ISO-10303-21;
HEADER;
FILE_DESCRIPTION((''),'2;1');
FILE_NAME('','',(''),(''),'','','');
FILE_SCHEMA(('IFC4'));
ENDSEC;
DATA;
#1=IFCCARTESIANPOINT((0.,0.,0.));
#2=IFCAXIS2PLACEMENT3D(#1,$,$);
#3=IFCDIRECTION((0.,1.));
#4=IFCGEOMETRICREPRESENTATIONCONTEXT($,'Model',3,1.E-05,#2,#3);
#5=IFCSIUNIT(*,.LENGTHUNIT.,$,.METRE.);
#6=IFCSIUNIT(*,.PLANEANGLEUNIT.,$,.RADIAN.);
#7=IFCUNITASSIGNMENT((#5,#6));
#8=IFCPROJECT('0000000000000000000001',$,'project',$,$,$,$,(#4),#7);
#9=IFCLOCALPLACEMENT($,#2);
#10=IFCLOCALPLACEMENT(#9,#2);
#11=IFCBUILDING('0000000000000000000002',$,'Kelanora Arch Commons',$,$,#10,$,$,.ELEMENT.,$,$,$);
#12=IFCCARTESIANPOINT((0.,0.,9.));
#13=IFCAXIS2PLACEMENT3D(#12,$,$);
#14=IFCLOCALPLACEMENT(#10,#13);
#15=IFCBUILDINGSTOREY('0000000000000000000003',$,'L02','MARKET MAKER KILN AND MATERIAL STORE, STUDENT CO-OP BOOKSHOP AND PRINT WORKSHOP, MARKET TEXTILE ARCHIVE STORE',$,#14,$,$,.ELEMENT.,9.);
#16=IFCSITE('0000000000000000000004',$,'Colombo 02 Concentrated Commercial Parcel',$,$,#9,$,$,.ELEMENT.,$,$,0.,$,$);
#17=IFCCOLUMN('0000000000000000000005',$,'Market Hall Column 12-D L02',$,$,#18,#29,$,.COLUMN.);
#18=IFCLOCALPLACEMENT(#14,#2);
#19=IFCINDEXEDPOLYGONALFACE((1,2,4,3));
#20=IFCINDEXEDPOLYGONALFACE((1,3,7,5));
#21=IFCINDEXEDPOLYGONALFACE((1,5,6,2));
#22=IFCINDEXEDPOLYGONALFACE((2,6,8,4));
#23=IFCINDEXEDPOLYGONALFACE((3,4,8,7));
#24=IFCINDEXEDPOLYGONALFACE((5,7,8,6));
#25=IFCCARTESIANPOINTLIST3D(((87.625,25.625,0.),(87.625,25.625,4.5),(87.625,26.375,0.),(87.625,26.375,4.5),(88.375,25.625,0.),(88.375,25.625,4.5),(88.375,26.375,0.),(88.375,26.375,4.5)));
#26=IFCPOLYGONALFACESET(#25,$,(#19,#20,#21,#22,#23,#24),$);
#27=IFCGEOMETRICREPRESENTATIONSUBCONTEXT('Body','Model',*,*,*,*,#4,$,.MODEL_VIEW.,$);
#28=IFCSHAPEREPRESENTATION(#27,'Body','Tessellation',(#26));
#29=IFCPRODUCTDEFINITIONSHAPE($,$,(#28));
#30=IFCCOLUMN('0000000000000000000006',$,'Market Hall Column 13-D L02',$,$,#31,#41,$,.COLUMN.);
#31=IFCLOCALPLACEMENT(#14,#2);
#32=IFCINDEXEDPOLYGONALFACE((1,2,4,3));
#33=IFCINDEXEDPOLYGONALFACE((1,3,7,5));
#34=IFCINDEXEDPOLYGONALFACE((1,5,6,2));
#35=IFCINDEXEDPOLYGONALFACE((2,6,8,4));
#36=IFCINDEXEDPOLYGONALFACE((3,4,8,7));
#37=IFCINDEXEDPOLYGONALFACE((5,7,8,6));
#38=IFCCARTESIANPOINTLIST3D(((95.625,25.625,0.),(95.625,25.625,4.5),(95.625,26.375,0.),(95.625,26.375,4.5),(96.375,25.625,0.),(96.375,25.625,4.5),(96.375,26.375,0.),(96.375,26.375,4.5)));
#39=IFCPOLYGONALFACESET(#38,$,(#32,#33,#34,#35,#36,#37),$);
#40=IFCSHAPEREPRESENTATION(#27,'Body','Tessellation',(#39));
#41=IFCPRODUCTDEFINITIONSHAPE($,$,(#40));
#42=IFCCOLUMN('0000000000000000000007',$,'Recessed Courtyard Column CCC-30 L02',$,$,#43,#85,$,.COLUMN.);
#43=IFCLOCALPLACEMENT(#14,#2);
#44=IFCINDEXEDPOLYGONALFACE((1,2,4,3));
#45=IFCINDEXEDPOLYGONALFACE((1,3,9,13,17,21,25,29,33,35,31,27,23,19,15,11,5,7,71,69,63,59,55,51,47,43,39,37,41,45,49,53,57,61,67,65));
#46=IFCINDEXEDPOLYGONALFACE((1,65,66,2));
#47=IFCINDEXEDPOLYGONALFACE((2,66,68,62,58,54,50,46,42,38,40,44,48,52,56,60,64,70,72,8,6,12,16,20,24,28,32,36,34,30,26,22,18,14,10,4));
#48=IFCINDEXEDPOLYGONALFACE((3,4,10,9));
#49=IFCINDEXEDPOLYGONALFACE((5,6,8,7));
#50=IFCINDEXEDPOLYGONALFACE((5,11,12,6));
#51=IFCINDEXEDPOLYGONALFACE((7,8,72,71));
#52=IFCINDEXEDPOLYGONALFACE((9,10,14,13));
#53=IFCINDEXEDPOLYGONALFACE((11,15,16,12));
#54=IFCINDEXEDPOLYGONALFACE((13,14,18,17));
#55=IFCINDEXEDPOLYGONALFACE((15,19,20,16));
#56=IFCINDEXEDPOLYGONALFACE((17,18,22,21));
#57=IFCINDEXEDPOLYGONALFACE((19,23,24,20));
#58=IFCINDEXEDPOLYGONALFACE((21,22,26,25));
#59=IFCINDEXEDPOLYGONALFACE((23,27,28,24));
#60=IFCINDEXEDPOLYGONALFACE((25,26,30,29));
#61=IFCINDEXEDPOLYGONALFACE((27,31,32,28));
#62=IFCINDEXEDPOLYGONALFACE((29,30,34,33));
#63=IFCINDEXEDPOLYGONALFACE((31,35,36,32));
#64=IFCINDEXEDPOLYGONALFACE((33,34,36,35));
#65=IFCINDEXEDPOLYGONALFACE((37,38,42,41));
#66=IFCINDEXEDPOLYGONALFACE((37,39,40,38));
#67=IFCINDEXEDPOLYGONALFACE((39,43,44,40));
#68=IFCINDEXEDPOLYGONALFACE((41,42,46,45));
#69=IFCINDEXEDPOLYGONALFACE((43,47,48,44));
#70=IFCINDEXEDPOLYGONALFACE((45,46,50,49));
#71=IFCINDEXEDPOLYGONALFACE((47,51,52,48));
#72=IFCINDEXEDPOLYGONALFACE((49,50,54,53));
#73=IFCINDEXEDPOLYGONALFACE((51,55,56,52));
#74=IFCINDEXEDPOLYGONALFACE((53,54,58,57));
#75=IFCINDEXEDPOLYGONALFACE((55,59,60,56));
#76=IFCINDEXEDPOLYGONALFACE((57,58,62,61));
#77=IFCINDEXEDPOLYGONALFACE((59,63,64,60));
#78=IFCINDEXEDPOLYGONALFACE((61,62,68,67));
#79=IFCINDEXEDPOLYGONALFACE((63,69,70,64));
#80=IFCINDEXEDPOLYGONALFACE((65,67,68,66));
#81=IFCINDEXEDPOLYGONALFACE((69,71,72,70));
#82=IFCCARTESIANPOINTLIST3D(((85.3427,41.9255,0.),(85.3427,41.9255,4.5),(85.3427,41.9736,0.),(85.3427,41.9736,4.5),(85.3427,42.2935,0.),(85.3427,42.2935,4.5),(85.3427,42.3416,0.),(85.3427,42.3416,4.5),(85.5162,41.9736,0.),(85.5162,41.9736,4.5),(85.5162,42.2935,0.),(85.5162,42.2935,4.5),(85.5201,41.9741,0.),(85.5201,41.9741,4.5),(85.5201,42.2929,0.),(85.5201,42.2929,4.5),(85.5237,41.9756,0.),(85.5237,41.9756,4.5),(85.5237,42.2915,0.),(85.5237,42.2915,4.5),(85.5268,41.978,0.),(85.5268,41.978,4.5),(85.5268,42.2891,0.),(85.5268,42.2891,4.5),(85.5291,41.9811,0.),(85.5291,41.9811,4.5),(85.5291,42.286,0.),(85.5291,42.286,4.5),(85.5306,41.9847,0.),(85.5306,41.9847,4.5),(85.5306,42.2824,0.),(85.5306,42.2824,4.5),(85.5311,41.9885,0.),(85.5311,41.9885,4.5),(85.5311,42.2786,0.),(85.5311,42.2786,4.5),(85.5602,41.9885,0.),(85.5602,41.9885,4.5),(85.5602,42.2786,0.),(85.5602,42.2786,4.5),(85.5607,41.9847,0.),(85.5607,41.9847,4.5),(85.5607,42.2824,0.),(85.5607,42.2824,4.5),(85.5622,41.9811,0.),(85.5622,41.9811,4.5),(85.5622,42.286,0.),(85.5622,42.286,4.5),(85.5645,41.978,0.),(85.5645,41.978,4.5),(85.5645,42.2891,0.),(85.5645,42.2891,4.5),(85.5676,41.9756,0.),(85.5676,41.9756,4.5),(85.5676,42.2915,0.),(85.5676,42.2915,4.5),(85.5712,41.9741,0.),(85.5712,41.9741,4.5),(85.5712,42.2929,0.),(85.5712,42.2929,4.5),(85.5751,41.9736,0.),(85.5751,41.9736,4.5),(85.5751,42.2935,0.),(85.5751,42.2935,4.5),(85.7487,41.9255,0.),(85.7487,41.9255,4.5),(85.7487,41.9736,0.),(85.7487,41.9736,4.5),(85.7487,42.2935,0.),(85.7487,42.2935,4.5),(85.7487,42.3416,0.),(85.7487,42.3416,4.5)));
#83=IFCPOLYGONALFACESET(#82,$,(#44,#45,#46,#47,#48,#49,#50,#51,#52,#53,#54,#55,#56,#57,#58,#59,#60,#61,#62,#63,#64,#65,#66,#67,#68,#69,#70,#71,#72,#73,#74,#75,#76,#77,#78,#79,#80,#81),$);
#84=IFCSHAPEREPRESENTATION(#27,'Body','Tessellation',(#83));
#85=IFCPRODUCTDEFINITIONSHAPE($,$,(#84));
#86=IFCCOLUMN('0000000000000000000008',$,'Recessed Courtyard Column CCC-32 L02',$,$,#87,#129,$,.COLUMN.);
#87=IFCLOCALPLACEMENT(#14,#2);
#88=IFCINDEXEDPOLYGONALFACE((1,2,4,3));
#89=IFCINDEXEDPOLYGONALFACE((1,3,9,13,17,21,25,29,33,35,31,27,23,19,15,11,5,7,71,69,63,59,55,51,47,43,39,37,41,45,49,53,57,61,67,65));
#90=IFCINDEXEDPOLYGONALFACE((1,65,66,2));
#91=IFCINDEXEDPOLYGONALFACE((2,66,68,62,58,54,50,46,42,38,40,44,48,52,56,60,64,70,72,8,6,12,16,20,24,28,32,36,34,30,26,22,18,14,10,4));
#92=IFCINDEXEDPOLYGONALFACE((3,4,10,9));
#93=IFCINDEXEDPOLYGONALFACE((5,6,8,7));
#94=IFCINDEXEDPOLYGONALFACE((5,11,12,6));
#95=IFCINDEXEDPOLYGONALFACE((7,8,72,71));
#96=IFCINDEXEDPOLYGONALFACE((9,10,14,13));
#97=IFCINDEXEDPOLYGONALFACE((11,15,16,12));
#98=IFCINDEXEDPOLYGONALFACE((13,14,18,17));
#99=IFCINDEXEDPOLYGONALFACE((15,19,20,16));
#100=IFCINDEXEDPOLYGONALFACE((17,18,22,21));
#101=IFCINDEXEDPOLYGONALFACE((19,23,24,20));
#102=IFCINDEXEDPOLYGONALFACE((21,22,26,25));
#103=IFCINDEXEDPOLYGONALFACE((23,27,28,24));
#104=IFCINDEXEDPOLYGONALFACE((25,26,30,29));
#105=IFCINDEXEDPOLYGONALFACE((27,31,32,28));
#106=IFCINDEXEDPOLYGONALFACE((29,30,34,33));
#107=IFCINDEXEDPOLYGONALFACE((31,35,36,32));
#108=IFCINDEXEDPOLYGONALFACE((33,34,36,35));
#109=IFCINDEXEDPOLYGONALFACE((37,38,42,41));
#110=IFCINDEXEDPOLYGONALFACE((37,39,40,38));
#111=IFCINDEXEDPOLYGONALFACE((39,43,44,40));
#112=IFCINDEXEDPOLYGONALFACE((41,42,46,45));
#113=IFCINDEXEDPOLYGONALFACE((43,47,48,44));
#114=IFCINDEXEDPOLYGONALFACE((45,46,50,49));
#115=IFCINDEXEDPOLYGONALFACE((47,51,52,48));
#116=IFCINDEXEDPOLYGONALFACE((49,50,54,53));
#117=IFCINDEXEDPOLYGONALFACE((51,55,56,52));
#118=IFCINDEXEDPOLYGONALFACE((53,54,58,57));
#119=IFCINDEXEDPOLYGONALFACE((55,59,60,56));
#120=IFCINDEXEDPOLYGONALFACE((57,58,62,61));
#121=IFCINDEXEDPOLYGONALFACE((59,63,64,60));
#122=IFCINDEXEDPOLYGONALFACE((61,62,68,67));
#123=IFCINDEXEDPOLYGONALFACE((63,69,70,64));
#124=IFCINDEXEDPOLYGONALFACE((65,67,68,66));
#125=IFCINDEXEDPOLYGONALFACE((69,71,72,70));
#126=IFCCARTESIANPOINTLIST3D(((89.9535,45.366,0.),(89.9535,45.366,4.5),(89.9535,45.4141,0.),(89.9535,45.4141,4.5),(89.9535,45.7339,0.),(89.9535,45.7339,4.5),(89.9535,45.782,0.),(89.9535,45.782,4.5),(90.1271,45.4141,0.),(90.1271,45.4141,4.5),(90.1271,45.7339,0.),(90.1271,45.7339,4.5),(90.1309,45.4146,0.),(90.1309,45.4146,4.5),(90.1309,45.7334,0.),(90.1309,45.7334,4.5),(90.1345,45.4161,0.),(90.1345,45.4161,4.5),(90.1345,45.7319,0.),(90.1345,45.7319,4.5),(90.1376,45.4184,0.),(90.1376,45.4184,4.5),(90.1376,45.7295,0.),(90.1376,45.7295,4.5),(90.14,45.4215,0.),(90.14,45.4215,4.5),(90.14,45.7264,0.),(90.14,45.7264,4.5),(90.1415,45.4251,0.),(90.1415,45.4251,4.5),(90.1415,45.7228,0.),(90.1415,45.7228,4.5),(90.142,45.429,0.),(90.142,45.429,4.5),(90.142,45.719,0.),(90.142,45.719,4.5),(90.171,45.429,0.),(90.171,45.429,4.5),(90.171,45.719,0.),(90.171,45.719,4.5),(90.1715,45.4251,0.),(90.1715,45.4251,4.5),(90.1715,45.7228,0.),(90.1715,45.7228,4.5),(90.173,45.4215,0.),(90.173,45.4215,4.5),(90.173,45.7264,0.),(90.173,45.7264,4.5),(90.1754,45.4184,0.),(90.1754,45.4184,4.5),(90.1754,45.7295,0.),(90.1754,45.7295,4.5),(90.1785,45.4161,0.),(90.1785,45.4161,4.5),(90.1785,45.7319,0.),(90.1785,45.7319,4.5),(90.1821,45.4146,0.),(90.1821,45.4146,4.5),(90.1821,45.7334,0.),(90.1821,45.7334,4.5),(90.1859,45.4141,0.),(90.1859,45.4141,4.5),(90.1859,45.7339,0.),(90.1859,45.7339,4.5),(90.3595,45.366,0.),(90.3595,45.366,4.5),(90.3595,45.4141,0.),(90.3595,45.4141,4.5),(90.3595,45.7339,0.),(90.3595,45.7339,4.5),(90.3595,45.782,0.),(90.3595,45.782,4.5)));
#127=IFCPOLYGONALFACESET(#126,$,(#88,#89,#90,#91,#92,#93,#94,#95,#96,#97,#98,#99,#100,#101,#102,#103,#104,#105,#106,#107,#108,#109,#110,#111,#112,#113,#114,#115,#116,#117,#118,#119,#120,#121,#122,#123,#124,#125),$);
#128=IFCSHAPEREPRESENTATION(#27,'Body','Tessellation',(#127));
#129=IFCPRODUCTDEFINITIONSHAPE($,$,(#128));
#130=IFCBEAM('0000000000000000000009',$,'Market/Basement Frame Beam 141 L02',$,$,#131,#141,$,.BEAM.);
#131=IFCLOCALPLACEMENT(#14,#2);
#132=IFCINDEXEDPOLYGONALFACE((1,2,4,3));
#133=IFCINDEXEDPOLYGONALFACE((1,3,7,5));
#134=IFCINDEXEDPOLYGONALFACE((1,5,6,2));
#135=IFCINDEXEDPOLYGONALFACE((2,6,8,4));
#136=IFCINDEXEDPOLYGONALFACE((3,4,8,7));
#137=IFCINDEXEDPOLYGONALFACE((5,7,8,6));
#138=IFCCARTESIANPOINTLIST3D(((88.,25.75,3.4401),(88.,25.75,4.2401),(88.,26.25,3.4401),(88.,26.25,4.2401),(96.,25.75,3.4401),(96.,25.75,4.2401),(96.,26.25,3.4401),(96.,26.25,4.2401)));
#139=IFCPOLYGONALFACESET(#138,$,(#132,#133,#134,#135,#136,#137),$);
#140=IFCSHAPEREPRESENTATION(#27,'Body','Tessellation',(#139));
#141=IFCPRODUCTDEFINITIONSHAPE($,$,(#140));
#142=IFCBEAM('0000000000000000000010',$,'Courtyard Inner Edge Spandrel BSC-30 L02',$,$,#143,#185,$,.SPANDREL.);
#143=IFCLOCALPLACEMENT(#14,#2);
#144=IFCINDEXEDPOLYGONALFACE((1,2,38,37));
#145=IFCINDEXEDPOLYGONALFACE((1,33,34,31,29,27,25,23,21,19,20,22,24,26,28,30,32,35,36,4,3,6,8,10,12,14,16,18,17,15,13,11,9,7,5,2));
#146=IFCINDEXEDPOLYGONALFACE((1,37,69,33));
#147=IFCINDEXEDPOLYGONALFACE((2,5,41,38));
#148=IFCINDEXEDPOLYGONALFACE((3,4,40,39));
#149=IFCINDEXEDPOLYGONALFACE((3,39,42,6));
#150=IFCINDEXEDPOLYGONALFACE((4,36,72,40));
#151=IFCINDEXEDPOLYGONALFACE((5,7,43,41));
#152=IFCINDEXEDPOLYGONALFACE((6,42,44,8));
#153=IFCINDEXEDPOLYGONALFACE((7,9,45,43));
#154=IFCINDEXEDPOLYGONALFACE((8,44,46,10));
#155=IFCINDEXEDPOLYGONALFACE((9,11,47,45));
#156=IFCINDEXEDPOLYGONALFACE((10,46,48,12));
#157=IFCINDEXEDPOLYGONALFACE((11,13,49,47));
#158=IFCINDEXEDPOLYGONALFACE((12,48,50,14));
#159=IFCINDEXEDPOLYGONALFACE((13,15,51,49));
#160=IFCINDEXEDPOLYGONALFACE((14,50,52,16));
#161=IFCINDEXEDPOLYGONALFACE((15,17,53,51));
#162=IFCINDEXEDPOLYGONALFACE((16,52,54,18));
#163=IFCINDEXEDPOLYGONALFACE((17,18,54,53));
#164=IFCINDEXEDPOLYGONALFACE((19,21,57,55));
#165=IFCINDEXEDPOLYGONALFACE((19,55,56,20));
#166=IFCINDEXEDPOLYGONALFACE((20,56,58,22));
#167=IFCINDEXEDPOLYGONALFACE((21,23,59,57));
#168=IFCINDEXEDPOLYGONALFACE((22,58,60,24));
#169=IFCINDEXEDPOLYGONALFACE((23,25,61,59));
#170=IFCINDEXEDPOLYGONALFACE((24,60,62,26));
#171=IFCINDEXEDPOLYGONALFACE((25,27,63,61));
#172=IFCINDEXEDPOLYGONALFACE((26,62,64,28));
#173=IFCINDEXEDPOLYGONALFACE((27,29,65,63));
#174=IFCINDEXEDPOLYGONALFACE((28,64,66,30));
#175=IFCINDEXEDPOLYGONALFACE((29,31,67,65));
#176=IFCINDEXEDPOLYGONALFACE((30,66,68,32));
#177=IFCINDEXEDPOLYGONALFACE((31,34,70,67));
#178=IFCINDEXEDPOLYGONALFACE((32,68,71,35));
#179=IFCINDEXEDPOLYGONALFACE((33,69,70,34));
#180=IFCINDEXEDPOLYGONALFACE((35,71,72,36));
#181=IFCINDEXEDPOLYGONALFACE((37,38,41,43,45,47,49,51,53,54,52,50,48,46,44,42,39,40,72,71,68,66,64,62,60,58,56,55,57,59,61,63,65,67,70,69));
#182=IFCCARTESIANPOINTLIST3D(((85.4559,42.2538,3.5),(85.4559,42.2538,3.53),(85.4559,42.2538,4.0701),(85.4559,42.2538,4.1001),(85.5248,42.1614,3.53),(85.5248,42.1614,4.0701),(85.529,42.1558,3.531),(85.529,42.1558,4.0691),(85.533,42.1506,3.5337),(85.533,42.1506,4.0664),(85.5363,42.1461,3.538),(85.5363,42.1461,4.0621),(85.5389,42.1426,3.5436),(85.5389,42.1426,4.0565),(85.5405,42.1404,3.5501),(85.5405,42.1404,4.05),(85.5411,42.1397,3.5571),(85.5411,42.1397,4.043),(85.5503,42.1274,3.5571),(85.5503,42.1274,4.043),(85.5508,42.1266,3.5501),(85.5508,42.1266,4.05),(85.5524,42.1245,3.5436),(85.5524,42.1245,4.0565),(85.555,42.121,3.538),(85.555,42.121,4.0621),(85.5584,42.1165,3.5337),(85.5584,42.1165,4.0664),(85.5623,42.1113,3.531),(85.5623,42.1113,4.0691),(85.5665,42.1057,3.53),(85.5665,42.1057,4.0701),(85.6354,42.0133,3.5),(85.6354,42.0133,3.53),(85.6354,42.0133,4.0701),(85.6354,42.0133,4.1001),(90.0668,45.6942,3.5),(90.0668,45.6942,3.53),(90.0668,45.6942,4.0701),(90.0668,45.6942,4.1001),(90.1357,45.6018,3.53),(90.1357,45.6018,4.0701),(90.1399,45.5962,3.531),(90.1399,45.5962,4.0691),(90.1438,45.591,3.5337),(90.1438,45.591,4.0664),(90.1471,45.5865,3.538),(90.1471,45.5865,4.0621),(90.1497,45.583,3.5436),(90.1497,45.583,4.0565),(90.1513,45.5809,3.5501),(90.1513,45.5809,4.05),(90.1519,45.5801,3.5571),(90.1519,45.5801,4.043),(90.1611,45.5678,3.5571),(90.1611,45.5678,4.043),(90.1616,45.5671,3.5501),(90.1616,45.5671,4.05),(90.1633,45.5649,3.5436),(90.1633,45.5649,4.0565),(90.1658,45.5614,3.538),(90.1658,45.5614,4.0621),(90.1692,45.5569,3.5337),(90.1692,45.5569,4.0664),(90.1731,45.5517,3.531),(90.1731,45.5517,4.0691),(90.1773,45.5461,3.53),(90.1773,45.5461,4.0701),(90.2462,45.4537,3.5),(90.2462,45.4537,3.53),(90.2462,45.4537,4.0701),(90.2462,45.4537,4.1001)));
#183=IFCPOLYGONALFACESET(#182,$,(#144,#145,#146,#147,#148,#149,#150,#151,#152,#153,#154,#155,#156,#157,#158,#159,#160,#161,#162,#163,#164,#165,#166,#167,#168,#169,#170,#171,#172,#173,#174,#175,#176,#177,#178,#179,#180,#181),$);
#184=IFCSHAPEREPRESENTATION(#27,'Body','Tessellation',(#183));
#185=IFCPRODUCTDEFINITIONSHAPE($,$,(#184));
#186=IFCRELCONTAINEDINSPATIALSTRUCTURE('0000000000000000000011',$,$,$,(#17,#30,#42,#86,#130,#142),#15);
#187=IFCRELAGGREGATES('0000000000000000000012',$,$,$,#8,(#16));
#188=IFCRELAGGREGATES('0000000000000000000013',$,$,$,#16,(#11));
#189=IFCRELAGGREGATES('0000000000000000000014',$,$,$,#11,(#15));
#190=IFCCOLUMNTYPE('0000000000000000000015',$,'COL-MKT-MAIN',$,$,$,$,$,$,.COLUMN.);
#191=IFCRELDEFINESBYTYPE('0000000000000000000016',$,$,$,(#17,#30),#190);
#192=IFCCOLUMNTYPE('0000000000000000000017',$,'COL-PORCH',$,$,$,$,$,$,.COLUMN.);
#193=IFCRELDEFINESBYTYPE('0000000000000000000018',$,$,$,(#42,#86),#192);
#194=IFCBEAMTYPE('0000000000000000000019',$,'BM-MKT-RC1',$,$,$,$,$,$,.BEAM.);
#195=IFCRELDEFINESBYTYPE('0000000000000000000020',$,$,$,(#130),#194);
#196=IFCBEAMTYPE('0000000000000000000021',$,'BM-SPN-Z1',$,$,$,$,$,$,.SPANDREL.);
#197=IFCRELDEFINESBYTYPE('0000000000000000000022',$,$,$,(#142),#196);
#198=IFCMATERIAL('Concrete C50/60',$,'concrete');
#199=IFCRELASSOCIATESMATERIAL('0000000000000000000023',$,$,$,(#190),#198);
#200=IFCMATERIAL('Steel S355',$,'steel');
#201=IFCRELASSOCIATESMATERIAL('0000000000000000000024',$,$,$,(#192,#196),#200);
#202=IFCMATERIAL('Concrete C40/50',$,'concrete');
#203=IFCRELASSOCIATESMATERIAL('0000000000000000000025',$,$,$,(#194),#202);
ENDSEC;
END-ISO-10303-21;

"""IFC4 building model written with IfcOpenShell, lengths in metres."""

from ifc_helpers import new_model, si_unit, direction, frame, origin, origin_2d, place, context, subcontext, project, spatial, rectangle, i_section, extrude, material, material_profile, profile_set, type_object, element, save


model = new_model("IFC4")

# Units and contexts
model_context = context("Model", 3, precision=1e-05, world=origin(), true_north=direction((0.0, 1.0)))
body_context = subcontext(model_context, "Body", "Model", "MODEL_VIEW")
ifc_project = project(units=[si_unit("LENGTHUNIT", "METRE"), si_unit("PLANEANGLEUNIT", "RADIAN")], contexts=[model_context])

# Site, building, storey
site_placement = place(None, origin())
site = spatial("IfcSite", under=ifc_project, at=site_placement, Name="Colombo 02 Concentrated Commercial Parcel", CompositionType="ELEMENT", RefElevation=0.0)
building_placement = place(site_placement, origin())
building = spatial("IfcBuilding", under=site, at=building_placement, Name="Kelanora Arch Commons", CompositionType="ELEMENT")
storey_placement = place(building_placement, frame((0.0, 0.0, 9.0)))
storey = spatial("IfcBuildingStorey", under=building, at=storey_placement, Name="L02", Description="MARKET MAKER KILN AND MATERIAL STORE, STUDENT CO-OP BOOKSHOP AND PRINT WORKSHOP, MARKET TEXTILE ARCHIVE STORE", CompositionType="ELEMENT", Elevation=9.0)

# Columns
ifc_material_1 = material(Name="Concrete C50/60", Category="concrete")
ifc_material_profile_1 = material_profile(ifc_material_1, rectangle(XDim=0.75, YDim=0.75, at=origin_2d()), Name="RC750x750")
ifc_profile_set_1 = profile_set([ifc_material_profile_1], Name="Concrete C50/60")
column_type_1 = type_object("IfcColumnType", Name="COL-MKT-MAIN", PredefinedType="COLUMN", material=ifc_profile_set_1)
for number, where, z_axis, x_axis, name in (
    (1, (88.0, 26.0, 0.0), (0.0, 0.0, 1.0), (1.0, 0.0, 0.0), "Market Hall Column 12-D L02"),
    (2, (96.0, 26.0, 0.0), (0.0, 0.0, 1.0), (1.0, 0.0, 0.0), "Market Hall Column 13-D L02"),
):
    element("IfcColumn", number, at=place(storey_placement, frame(where, z_axis=z_axis, x_axis=x_axis)), inside=storey, type_object=column_type_1, Name=name, PredefinedType="COLUMN", context=body_context, shape_type="SweptSolid", body=[
        extrude(rectangle(XDim=0.75, YDim=0.75, at=origin_2d()), origin(), (0.0, 0.0, 1.0), 4.5),
    ])
ifc_material_2 = material(Name="Steel S355", Category="steel")
ifc_material_profile_2 = material_profile(ifc_material_2, i_section(OverallWidth=0.406, OverallDepth=0.416, WebThickness=0.0291, FlangeThickness=0.0481, FilletRadius=0.0149, at=origin_2d()), Name="HD400x382")
ifc_profile_set_2 = profile_set([ifc_material_profile_2], Name="Steel S355")
column_type_2 = type_object("IfcColumnType", Name="COL-PORCH", PredefinedType="COLUMN", material=ifc_profile_set_2)
for number, where, z_axis, x_axis, name in (
    (3, (85.5457, 42.1335, 0.0), (0.0, 0.0, 1.0), (1.0, 0.0, 0.0), "Recessed Courtyard Column CCC-30 L02"),
    (4, (90.1565, 45.574, 0.0), (0.0, 0.0, 1.0), (1.0, 0.0, 0.0), "Recessed Courtyard Column CCC-32 L02"),
):
    element("IfcColumn", number, at=place(storey_placement, frame(where, z_axis=z_axis, x_axis=x_axis)), inside=storey, type_object=column_type_2, Name=name, PredefinedType="COLUMN", context=body_context, shape_type="SweptSolid", body=[
        extrude(i_section(OverallWidth=0.406, OverallDepth=0.416, WebThickness=0.0291, FlangeThickness=0.0481, FilletRadius=0.0149, at=origin_2d()), origin(), (0.0, 0.0, 1.0), 4.5),
    ])

# Beams
ifc_material_3 = material(Name="Concrete C40/50", Category="concrete")
ifc_material_profile_3 = material_profile(ifc_material_3, rectangle(XDim=0.5, YDim=0.8, at=origin_2d()), Name="RCB500x800")
ifc_profile_set_3 = profile_set([ifc_material_profile_3], Name="Concrete C40/50")
beam_type_1 = type_object("IfcBeamType", Name="BM-MKT-RC1", PredefinedType="BEAM", material=ifc_profile_set_3)
beam_1_placement = place(storey_placement, frame((88.0, 26.0, 3.8401), z_axis=(1.0, 0.0, 0.0), x_axis=(0.0, 1.0, 0.0)))
element("IfcBeam", 5, at=beam_1_placement, inside=storey, type_object=beam_type_1, Name="Market/Basement Frame Beam 141 L02", PredefinedType="BEAM", context=body_context, shape_type="SweptSolid", body=[
    extrude(rectangle(XDim=0.5, YDim=0.8, at=origin_2d()), origin(), (0.0, 0.0, 1.0), 8.0),
])
ifc_material_profile_4 = material_profile(ifc_material_2, i_section(OverallWidth=0.3, OverallDepth=0.6001, WebThickness=0.0154, FlangeThickness=0.03, FilletRadius=0.0271, at=origin_2d()), Name="HEB600")
ifc_profile_set_4 = profile_set([ifc_material_profile_4], Name="Steel S355")
beam_type_2 = type_object("IfcBeamType", Name="BM-SPN-Z1", PredefinedType="SPANDREL", material=ifc_profile_set_4)
beam_2_placement = place(storey_placement, frame((85.5457, 42.1335, 3.8), z_axis=(0.801474, 0.598029, 0.0), x_axis=(-0.598029, 0.801474, 0.0)))
element("IfcBeam", 6, at=beam_2_placement, inside=storey, type_object=beam_type_2, Name="Courtyard Inner Edge Spandrel BSC-30 L02", PredefinedType="SPANDREL", context=body_context, shape_type="SweptSolid", body=[
    extrude(i_section(OverallWidth=0.3, OverallDepth=0.6001, WebThickness=0.0154, FlangeThickness=0.03, FilletRadius=0.0271, at=origin_2d()), origin(), (0.0, 0.0, 1.0), 5.7529),
])

save(model, "model.ifc")
